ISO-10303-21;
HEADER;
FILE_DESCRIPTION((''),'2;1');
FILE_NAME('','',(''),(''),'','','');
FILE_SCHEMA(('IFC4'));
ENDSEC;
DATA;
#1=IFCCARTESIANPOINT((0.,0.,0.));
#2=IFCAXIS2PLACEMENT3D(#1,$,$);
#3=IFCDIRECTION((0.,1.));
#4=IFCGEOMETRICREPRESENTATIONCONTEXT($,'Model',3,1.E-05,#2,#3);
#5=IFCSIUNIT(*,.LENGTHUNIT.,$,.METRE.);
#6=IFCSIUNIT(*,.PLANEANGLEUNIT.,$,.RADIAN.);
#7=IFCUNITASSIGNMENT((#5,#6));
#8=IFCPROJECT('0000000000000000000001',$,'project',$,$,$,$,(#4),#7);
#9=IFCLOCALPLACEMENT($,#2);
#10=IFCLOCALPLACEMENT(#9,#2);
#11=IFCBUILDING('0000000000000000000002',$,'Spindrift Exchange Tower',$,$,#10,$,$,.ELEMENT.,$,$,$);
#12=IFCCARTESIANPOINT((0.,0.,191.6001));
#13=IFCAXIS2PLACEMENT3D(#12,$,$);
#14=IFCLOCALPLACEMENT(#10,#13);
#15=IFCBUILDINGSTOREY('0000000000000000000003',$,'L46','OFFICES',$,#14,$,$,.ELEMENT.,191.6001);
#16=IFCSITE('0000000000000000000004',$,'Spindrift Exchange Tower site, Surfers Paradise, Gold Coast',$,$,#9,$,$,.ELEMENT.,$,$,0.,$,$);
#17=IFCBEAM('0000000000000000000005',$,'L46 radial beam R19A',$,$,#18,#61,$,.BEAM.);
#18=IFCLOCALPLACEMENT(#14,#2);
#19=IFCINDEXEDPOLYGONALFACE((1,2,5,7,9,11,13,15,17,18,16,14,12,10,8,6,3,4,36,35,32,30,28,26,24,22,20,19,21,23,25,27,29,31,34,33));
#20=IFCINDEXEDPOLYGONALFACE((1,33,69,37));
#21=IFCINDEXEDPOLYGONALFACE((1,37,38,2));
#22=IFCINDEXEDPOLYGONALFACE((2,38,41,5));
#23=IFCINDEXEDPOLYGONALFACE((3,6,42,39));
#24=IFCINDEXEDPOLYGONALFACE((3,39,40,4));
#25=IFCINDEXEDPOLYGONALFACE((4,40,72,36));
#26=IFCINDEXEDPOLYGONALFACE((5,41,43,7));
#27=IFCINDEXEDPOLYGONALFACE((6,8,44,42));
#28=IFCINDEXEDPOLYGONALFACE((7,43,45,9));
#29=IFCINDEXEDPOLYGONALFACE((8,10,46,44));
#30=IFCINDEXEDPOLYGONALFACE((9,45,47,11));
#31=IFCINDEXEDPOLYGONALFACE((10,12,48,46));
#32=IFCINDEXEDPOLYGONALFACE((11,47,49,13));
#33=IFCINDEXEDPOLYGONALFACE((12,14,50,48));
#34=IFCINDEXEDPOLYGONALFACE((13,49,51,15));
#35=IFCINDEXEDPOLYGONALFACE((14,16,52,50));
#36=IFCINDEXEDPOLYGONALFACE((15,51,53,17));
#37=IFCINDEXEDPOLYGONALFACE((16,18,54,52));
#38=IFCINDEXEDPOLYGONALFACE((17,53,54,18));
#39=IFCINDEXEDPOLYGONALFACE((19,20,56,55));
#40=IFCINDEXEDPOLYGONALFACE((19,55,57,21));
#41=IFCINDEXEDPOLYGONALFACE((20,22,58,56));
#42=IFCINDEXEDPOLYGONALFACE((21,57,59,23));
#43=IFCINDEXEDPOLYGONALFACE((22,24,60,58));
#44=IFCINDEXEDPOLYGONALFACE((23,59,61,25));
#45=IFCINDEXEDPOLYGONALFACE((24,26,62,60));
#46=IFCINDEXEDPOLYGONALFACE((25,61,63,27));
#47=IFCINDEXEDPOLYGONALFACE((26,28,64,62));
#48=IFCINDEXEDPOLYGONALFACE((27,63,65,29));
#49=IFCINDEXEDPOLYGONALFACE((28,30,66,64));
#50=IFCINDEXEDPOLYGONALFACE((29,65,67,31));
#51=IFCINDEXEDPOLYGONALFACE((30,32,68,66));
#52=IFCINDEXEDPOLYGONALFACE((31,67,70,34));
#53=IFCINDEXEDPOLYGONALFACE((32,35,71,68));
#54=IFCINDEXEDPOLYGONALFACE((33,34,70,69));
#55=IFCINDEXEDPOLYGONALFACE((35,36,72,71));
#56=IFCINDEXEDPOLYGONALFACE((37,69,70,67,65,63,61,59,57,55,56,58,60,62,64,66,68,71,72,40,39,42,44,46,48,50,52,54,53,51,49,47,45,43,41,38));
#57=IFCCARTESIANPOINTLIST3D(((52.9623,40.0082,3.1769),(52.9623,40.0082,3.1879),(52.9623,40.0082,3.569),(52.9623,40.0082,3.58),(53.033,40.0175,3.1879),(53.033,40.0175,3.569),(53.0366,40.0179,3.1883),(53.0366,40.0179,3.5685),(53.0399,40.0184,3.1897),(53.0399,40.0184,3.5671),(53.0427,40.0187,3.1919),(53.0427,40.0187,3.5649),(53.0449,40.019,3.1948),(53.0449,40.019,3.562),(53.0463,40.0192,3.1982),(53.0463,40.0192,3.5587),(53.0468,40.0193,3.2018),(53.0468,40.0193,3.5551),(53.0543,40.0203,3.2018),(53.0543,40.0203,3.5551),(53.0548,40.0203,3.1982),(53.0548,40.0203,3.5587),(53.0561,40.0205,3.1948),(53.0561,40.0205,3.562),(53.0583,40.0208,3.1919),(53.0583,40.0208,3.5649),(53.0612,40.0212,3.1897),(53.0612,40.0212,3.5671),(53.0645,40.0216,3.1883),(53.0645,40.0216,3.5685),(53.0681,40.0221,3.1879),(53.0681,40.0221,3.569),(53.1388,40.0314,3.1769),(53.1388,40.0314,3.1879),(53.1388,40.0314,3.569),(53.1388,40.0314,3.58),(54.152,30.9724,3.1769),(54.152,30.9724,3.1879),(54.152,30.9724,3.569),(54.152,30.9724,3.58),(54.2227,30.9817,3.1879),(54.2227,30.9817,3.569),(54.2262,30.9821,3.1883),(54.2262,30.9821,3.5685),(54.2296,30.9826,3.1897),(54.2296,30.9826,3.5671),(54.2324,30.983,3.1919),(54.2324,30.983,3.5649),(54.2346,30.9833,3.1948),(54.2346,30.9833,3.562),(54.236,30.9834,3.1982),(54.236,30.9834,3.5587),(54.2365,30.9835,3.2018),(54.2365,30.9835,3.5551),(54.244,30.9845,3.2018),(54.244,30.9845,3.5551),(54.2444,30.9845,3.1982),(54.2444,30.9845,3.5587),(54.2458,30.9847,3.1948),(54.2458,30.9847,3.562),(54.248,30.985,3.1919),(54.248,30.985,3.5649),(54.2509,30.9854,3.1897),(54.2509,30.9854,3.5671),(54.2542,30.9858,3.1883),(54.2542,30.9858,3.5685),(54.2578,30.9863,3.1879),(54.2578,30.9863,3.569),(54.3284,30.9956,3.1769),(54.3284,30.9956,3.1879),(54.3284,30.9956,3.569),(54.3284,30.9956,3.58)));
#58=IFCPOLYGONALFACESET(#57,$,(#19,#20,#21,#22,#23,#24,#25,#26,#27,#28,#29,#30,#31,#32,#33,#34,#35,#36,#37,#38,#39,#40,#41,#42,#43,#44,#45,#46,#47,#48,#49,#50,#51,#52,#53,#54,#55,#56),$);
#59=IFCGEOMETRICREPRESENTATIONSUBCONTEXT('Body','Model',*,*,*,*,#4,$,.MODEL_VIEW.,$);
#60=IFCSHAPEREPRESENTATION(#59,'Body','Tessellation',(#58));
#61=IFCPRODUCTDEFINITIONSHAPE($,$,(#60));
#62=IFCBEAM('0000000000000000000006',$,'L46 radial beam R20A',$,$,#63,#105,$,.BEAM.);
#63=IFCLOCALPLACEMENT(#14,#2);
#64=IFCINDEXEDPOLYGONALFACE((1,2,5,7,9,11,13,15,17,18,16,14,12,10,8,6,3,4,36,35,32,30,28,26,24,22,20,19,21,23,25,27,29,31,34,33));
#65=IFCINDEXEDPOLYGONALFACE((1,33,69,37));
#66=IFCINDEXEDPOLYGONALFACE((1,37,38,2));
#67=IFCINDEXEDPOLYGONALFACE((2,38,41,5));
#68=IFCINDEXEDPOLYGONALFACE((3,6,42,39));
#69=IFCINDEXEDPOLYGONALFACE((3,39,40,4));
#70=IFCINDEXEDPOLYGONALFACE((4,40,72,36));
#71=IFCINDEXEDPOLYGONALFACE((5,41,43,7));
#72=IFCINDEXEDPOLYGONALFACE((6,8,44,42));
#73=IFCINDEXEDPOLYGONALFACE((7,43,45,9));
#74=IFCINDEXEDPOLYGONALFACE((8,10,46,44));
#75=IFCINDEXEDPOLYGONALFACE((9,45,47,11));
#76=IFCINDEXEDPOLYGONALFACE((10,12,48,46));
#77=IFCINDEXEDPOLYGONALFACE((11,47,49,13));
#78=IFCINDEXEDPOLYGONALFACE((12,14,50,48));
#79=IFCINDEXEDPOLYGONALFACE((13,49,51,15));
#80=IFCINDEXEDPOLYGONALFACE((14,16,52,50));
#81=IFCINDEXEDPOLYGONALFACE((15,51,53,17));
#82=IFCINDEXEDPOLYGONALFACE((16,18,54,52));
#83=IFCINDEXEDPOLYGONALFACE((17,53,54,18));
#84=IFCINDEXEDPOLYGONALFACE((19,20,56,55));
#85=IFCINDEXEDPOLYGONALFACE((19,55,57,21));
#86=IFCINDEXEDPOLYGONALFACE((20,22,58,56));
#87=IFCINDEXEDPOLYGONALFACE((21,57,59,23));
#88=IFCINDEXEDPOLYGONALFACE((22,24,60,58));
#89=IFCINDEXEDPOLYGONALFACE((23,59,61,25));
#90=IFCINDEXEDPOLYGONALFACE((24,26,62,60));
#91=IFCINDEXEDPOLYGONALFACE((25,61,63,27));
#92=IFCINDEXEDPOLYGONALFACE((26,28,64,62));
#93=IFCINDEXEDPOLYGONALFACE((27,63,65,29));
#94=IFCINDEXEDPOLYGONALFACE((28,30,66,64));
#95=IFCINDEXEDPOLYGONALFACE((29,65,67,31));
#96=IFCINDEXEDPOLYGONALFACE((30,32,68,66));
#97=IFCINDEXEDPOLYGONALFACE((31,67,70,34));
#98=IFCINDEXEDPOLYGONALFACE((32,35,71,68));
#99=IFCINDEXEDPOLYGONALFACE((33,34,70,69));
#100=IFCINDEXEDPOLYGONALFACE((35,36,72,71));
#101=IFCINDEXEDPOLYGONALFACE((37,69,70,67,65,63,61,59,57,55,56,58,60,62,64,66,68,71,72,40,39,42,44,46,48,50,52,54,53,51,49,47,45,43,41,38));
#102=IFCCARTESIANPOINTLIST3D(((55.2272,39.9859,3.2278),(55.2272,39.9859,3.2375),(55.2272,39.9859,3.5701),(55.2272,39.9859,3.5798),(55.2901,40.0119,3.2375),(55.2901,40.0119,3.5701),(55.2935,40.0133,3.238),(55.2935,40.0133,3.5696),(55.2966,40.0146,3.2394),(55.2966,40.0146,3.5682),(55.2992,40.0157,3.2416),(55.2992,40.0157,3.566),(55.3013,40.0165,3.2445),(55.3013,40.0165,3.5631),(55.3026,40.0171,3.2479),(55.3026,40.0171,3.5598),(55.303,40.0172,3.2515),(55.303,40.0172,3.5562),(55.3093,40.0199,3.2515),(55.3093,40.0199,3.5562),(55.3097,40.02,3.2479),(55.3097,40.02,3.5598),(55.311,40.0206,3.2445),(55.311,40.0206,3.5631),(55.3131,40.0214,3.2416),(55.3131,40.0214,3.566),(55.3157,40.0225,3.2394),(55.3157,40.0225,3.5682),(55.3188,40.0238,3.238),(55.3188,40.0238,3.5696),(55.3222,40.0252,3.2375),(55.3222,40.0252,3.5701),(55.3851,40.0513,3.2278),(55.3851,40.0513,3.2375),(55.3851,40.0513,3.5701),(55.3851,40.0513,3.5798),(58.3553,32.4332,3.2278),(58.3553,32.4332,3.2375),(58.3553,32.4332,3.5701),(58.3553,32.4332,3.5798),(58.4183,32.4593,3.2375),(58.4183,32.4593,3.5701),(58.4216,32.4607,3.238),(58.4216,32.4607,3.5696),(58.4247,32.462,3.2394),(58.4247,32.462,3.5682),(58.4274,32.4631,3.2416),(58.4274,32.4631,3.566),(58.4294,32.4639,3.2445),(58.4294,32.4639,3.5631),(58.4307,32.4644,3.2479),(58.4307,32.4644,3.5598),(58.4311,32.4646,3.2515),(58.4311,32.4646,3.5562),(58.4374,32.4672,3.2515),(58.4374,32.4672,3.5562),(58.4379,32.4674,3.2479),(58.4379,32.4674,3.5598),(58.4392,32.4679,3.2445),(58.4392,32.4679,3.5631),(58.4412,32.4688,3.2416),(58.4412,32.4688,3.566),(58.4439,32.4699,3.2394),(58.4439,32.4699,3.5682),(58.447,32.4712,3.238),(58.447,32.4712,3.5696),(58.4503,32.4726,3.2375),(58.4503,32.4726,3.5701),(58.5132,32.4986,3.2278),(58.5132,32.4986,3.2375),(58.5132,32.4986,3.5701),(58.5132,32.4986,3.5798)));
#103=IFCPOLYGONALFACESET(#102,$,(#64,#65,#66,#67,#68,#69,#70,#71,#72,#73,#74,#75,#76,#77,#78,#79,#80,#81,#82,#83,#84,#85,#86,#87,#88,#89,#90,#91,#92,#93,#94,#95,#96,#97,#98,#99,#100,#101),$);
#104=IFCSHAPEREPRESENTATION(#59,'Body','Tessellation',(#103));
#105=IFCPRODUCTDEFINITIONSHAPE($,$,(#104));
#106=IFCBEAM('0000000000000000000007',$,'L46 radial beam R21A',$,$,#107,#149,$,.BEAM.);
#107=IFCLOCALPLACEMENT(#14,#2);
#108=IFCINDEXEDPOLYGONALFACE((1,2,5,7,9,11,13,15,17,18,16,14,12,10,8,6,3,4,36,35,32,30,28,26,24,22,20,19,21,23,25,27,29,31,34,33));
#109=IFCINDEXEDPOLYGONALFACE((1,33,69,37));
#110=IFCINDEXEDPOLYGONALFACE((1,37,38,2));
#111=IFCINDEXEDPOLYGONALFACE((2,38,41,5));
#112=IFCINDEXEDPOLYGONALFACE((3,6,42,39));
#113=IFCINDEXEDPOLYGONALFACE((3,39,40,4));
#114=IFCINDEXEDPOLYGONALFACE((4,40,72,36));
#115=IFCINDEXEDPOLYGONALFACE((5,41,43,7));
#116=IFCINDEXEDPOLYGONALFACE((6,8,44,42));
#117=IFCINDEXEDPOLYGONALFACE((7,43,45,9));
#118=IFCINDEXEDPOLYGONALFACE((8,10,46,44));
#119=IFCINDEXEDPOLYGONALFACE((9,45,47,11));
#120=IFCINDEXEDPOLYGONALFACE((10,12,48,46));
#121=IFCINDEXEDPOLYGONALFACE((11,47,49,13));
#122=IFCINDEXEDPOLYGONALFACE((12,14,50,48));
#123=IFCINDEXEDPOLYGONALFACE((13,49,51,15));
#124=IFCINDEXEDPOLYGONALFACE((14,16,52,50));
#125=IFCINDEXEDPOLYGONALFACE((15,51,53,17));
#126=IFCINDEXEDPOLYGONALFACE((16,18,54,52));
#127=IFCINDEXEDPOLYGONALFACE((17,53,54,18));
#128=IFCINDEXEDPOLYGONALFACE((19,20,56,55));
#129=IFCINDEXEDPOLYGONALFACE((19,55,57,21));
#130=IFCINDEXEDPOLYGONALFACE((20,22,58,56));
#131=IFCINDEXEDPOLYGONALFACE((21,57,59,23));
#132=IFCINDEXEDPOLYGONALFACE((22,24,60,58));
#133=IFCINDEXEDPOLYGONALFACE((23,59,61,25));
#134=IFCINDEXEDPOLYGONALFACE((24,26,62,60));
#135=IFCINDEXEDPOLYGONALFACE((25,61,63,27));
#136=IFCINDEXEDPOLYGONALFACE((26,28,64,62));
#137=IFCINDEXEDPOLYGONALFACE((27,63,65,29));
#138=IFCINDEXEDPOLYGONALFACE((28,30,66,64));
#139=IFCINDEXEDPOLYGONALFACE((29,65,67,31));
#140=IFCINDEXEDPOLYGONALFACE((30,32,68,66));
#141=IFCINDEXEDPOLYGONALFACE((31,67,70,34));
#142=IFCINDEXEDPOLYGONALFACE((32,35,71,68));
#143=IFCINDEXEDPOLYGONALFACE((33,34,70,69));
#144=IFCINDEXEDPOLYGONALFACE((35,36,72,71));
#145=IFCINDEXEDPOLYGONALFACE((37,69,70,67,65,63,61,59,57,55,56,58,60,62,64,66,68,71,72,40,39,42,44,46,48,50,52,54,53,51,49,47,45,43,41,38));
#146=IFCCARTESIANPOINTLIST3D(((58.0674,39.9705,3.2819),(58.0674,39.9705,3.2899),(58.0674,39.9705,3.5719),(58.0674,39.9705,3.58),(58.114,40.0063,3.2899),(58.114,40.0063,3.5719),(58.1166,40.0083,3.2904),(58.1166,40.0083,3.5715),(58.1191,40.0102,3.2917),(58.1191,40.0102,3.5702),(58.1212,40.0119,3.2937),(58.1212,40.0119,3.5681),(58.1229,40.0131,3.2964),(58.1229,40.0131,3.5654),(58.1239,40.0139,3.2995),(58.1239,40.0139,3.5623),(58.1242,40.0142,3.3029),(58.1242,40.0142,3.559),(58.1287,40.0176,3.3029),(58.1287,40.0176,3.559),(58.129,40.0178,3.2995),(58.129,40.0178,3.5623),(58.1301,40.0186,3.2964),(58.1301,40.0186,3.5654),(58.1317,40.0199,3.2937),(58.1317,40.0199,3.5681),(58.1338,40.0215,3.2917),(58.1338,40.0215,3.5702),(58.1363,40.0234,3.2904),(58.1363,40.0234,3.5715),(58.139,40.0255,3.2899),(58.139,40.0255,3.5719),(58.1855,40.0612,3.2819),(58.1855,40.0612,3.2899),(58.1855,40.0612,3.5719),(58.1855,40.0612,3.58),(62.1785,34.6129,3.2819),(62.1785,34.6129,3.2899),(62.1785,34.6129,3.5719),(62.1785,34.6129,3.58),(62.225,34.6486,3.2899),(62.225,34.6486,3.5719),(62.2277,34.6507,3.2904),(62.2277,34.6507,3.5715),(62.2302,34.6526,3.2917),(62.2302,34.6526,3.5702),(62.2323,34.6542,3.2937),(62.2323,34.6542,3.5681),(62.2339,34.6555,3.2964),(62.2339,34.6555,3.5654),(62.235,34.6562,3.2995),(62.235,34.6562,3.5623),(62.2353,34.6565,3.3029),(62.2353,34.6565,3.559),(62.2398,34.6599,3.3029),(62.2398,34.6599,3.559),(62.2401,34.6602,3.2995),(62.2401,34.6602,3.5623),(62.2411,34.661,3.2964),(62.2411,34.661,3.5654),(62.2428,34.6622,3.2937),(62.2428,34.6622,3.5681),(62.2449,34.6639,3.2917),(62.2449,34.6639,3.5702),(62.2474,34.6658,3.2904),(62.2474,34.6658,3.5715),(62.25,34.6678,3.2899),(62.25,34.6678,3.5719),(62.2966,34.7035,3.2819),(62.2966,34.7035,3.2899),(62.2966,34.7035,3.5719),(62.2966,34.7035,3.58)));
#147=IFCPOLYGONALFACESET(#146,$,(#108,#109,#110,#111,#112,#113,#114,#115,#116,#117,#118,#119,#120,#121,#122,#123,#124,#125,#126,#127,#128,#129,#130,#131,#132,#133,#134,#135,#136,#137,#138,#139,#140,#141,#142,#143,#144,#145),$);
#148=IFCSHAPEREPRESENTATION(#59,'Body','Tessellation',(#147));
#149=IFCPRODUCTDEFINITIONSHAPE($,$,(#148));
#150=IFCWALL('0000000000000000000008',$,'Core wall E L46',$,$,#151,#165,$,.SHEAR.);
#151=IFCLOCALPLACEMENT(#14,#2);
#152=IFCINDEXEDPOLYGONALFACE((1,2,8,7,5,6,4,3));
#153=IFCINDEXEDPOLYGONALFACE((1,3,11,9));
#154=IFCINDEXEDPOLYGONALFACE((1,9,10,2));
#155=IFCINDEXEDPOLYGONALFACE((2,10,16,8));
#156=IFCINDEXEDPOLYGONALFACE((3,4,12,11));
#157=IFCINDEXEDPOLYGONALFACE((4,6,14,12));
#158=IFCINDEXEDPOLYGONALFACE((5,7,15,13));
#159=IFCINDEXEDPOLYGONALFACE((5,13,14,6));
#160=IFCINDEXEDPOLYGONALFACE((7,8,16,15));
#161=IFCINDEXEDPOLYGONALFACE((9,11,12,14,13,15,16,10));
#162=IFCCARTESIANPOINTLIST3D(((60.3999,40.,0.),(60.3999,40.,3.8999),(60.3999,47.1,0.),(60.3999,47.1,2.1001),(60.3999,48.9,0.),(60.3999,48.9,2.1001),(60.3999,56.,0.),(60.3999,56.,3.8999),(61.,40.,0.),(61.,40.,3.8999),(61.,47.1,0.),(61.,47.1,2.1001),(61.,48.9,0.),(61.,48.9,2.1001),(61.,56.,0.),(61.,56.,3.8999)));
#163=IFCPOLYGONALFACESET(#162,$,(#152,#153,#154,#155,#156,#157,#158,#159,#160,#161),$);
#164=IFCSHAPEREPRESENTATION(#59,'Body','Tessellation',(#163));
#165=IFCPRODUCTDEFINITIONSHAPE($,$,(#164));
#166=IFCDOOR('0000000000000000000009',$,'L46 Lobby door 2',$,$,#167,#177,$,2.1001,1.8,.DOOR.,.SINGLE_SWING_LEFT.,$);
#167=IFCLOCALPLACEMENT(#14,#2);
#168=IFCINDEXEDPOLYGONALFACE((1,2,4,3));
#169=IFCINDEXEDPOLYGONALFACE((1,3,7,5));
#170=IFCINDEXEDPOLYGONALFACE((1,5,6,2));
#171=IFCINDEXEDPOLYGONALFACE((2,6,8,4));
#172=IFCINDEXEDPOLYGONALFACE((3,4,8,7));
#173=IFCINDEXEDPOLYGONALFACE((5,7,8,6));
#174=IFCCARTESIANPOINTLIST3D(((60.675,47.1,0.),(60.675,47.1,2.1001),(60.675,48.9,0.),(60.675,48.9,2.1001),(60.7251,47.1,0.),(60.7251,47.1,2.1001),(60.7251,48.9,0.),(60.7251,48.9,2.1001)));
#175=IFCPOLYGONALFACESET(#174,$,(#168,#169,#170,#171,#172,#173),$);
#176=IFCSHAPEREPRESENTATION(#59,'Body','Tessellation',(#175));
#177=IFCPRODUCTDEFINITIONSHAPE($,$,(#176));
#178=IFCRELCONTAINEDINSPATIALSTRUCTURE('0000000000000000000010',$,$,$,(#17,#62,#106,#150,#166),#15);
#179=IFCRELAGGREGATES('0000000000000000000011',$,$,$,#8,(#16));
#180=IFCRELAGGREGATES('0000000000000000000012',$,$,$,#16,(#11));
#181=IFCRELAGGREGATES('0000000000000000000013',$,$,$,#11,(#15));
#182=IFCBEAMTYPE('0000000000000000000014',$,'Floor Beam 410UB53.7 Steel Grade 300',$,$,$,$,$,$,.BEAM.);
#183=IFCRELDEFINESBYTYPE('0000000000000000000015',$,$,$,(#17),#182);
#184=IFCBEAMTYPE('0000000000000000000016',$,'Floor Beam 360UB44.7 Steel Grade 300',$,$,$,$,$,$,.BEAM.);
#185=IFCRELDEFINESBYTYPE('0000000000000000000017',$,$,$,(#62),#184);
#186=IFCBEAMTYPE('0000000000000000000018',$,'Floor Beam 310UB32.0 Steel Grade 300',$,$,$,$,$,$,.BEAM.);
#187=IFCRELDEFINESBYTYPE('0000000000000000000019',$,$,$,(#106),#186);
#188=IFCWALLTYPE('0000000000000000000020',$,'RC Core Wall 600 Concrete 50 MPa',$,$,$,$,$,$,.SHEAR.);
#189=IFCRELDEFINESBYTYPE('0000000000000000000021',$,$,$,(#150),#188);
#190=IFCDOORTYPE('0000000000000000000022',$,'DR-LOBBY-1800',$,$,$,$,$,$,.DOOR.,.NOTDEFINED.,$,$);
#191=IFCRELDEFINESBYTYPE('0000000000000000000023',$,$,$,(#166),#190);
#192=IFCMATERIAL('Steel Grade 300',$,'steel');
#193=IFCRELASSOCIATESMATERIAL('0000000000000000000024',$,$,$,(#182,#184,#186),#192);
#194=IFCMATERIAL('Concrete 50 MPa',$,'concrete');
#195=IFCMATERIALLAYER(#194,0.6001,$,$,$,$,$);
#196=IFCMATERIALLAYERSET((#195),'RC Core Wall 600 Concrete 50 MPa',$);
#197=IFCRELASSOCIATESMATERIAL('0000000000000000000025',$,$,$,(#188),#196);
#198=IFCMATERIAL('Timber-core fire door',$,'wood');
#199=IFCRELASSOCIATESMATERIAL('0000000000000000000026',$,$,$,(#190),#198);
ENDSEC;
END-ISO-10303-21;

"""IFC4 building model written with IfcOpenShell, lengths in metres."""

from ifc_helpers import new_model, si_unit, direction, frame, frame_2d, origin, origin_2d, place, context, subcontext, project, spatial, rectangle, i_section, extrude, source, transform, mapped, material, layer, layer_set, material_profile, profile_set, type_object, element, fill, save


model = new_model("IFC4")

# Units and contexts
model_context = context("Model", 3, precision=1e-05, world=origin(), true_north=direction((0.0, 1.0)))
body_context = subcontext(model_context, "Body", "Model", "MODEL_VIEW")
ifc_project = project(units=[si_unit("LENGTHUNIT", "METRE"), si_unit("PLANEANGLEUNIT", "RADIAN")], contexts=[model_context])

# Site, building, storey
site_placement = place(None, origin())
site = spatial("IfcSite", under=ifc_project, at=site_placement, Name="Spindrift Exchange Tower site, Surfers Paradise, Gold Coast", CompositionType="ELEMENT", RefElevation=0.0)
building_placement = place(site_placement, origin())
building = spatial("IfcBuilding", under=site, at=building_placement, Name="Spindrift Exchange Tower", CompositionType="ELEMENT")
storey_placement = place(building_placement, frame((0.0, 0.0, 191.6001)))
storey = spatial("IfcBuildingStorey", under=building, at=storey_placement, Name="L46", Description="OFFICES", CompositionType="ELEMENT", Elevation=191.6001)

# Beams
ifc_material_1 = material(Name="Steel Grade 300", Category="steel")
ifc_material_profile_1 = material_profile(ifc_material_1, i_section(OverallWidth=0.178, OverallDepth=0.4031, WebThickness=0.0076, FlangeThickness=0.011, FilletRadius=0.0139, at=origin_2d()), Name="410UB53.7")
ifc_profile_set_1 = profile_set([ifc_material_profile_1], Name="Steel Grade 300")
beam_type_1 = type_object("IfcBeamType", Name="Floor Beam 410UB53.7 Steel Grade 300", PredefinedType="BEAM", material=ifc_profile_set_1)
shared_shape_1 = source(origin(), body_context, "Body", "SweptSolid", [
    extrude(i_section(OverallWidth=0.178, OverallDepth=0.4031, WebThickness=0.0076, FlangeThickness=0.011, FilletRadius=0.0139, at=origin_2d()), origin(), (0.0, 0.0, 1.0), 9.1138),
])
beam_1_placement = place(storey_placement, frame((53.0505, 40.0198, 3.3784), z_axis=(0.130537, -0.991443, 0.0), x_axis=(0.991443, 0.130537, 0.0)))
element("IfcBeam", 1, at=beam_1_placement, inside=storey, type_object=beam_type_1, Name="L46 radial beam R19A", PredefinedType="BEAM", context=body_context, shape_type="MappedRepresentation", body=[
    mapped(shared_shape_1, transform((0.0, 0.0, 0.0), scale=1.0)),
])
ifc_material_profile_2 = material_profile(ifc_material_1, i_section(OverallWidth=0.1709, OverallDepth=0.3521, WebThickness=0.0068, FlangeThickness=0.0098, FilletRadius=0.0139, at=origin_2d()), Name="360UB44.7")
ifc_profile_set_2 = profile_set([ifc_material_profile_2], Name="Steel Grade 300")
beam_type_2 = type_object("IfcBeamType", Name="Floor Beam 360UB44.7 Steel Grade 300", PredefinedType="BEAM", material=ifc_profile_set_2)
shared_shape_2 = source(origin(), body_context, "Body", "SweptSolid", [
    extrude(i_section(OverallWidth=0.1709, OverallDepth=0.3521, WebThickness=0.0068, FlangeThickness=0.0098, FilletRadius=0.0139, at=origin_2d()), origin(), (0.0, 0.0, 1.0), 8.1748),
])
beam_2_placement = place(storey_placement, frame((55.3062, 40.0186, 3.4038), z_axis=(0.382655, -0.923891, 0.0), x_axis=(0.923891, 0.382655, 0.0)))
element("IfcBeam", 2, at=beam_2_placement, inside=storey, type_object=beam_type_2, Name="L46 radial beam R20A", PredefinedType="BEAM", context=body_context, shape_type="MappedRepresentation", body=[
    mapped(shared_shape_2, transform((0.0, 0.0, 0.0), scale=1.0)),
])
ifc_material_profile_3 = material_profile(ifc_material_1, i_section(OverallWidth=0.1489, OverallDepth=0.2981, WebThickness=0.0056, FlangeThickness=0.0081, FilletRadius=0.0129, at=origin_2d()), Name="310UB32.0")
ifc_profile_set_3 = profile_set([ifc_material_profile_3], Name="Steel Grade 300")
beam_type_3 = type_object("IfcBeamType", Name="Floor Beam 310UB32.0 Steel Grade 300", PredefinedType="BEAM", material=ifc_profile_set_3)
shared_shape_3 = source(origin(), body_context, "Body", "SweptSolid", [
    extrude(i_section(OverallWidth=0.1489, OverallDepth=0.2981, WebThickness=0.0056, FlangeThickness=0.0081, FilletRadius=0.0129, at=origin_2d()), origin(), (0.0, 0.0, 1.0), 6.7532),
])
beam_3_placement = place(storey_placement, frame((58.1265, 40.0159, 3.4309), z_axis=(0.608762, -0.793353, 0.0), x_axis=(0.793353, 0.608762, 0.0)))
element("IfcBeam", 3, at=beam_3_placement, inside=storey, type_object=beam_type_3, Name="L46 radial beam R21A", PredefinedType="BEAM", context=body_context, shape_type="MappedRepresentation", body=[
    mapped(shared_shape_3, transform((0.0, 0.0, 0.0), scale=1.0)),
])

# Wall, opening, door
ifc_material_2 = material(Name="Concrete 50 MPa", Category="concrete")
ifc_layer_1 = layer(ifc_material_2, 0.6001)
ifc_layer_set_1 = layer_set([ifc_layer_1], Name="RC Core Wall 600 Concrete 50 MPa")
wall_type_1 = type_object("IfcWallType", Name="RC Core Wall 600 Concrete 50 MPa", PredefinedType="SHEAR", material=ifc_layer_set_1)
wall_1_placement = place(storey_placement, frame((60.7, 40.0, 0.0), z_axis=(0.0, 0.0, 1.0), x_axis=(0.0, 1.0, 0.0)))
wall_1 = element("IfcWall", 4, at=wall_1_placement, inside=storey, type_object=wall_type_1, Name="Core wall E L46", PredefinedType="SHEAR", context=body_context, shape_type="SweptSolid", body=[
    extrude(rectangle(XDim=16.0, YDim=0.6001, at=frame_2d((8.0, 0.0))), origin(), (0.0, 0.0, 1.0), 3.8999),
])
opening_1_placement = place(wall_1_placement, frame((7.1001, 0.0, 0.0)))
opening_1 = element("IfcOpeningElement", 5, at=opening_1_placement, cuts=wall_1, PredefinedType="OPENING", context=body_context, shape_type="SweptSolid", body=[
    extrude(rectangle(XDim=1.8, YDim=2.1001, at=frame_2d((0.8999, 1.05))), frame((0.0, 0.3101, 0.0), z_axis=(0.0, -1.0, 0.0), x_axis=(1.0, 0.0, 0.0)), (0.0, 0.0, 1.0), 0.6201),
])
ifc_material_3 = material(Name="Timber-core fire door", Category="wood")
door_type_1 = type_object("IfcDoorType", Name="DR-LOBBY-1800", OperationType="NOTDEFINED", PredefinedType="DOOR", material=ifc_material_3)
shared_shape_4 = source(origin(), body_context, "Body", "SweptSolid", [
    extrude(rectangle(XDim=1.8, YDim=2.1001, at=frame_2d((0.8999, 1.05))), frame((0.0, 0.0249, 0.0), z_axis=(0.0, -1.0, 0.0), x_axis=(1.0, 0.0, 0.0)), (0.0, 0.0, 1.0), 0.05),
])
door_1_placement = place(opening_1_placement, origin())
door_1 = element("IfcDoor", 6, at=door_1_placement, inside=storey, type_object=door_type_1, Name="L46 Lobby door 2", OperationType="SINGLE_SWING_LEFT", OverallHeight=2.1001, OverallWidth=1.8, PredefinedType="DOOR", context=body_context, shape_type="MappedRepresentation", body=[
    mapped(shared_shape_4, transform((0.0, 0.0, 0.0), scale=1.0)),
])
fill(opening_1, door_1)

save(model, "model.ifc")
